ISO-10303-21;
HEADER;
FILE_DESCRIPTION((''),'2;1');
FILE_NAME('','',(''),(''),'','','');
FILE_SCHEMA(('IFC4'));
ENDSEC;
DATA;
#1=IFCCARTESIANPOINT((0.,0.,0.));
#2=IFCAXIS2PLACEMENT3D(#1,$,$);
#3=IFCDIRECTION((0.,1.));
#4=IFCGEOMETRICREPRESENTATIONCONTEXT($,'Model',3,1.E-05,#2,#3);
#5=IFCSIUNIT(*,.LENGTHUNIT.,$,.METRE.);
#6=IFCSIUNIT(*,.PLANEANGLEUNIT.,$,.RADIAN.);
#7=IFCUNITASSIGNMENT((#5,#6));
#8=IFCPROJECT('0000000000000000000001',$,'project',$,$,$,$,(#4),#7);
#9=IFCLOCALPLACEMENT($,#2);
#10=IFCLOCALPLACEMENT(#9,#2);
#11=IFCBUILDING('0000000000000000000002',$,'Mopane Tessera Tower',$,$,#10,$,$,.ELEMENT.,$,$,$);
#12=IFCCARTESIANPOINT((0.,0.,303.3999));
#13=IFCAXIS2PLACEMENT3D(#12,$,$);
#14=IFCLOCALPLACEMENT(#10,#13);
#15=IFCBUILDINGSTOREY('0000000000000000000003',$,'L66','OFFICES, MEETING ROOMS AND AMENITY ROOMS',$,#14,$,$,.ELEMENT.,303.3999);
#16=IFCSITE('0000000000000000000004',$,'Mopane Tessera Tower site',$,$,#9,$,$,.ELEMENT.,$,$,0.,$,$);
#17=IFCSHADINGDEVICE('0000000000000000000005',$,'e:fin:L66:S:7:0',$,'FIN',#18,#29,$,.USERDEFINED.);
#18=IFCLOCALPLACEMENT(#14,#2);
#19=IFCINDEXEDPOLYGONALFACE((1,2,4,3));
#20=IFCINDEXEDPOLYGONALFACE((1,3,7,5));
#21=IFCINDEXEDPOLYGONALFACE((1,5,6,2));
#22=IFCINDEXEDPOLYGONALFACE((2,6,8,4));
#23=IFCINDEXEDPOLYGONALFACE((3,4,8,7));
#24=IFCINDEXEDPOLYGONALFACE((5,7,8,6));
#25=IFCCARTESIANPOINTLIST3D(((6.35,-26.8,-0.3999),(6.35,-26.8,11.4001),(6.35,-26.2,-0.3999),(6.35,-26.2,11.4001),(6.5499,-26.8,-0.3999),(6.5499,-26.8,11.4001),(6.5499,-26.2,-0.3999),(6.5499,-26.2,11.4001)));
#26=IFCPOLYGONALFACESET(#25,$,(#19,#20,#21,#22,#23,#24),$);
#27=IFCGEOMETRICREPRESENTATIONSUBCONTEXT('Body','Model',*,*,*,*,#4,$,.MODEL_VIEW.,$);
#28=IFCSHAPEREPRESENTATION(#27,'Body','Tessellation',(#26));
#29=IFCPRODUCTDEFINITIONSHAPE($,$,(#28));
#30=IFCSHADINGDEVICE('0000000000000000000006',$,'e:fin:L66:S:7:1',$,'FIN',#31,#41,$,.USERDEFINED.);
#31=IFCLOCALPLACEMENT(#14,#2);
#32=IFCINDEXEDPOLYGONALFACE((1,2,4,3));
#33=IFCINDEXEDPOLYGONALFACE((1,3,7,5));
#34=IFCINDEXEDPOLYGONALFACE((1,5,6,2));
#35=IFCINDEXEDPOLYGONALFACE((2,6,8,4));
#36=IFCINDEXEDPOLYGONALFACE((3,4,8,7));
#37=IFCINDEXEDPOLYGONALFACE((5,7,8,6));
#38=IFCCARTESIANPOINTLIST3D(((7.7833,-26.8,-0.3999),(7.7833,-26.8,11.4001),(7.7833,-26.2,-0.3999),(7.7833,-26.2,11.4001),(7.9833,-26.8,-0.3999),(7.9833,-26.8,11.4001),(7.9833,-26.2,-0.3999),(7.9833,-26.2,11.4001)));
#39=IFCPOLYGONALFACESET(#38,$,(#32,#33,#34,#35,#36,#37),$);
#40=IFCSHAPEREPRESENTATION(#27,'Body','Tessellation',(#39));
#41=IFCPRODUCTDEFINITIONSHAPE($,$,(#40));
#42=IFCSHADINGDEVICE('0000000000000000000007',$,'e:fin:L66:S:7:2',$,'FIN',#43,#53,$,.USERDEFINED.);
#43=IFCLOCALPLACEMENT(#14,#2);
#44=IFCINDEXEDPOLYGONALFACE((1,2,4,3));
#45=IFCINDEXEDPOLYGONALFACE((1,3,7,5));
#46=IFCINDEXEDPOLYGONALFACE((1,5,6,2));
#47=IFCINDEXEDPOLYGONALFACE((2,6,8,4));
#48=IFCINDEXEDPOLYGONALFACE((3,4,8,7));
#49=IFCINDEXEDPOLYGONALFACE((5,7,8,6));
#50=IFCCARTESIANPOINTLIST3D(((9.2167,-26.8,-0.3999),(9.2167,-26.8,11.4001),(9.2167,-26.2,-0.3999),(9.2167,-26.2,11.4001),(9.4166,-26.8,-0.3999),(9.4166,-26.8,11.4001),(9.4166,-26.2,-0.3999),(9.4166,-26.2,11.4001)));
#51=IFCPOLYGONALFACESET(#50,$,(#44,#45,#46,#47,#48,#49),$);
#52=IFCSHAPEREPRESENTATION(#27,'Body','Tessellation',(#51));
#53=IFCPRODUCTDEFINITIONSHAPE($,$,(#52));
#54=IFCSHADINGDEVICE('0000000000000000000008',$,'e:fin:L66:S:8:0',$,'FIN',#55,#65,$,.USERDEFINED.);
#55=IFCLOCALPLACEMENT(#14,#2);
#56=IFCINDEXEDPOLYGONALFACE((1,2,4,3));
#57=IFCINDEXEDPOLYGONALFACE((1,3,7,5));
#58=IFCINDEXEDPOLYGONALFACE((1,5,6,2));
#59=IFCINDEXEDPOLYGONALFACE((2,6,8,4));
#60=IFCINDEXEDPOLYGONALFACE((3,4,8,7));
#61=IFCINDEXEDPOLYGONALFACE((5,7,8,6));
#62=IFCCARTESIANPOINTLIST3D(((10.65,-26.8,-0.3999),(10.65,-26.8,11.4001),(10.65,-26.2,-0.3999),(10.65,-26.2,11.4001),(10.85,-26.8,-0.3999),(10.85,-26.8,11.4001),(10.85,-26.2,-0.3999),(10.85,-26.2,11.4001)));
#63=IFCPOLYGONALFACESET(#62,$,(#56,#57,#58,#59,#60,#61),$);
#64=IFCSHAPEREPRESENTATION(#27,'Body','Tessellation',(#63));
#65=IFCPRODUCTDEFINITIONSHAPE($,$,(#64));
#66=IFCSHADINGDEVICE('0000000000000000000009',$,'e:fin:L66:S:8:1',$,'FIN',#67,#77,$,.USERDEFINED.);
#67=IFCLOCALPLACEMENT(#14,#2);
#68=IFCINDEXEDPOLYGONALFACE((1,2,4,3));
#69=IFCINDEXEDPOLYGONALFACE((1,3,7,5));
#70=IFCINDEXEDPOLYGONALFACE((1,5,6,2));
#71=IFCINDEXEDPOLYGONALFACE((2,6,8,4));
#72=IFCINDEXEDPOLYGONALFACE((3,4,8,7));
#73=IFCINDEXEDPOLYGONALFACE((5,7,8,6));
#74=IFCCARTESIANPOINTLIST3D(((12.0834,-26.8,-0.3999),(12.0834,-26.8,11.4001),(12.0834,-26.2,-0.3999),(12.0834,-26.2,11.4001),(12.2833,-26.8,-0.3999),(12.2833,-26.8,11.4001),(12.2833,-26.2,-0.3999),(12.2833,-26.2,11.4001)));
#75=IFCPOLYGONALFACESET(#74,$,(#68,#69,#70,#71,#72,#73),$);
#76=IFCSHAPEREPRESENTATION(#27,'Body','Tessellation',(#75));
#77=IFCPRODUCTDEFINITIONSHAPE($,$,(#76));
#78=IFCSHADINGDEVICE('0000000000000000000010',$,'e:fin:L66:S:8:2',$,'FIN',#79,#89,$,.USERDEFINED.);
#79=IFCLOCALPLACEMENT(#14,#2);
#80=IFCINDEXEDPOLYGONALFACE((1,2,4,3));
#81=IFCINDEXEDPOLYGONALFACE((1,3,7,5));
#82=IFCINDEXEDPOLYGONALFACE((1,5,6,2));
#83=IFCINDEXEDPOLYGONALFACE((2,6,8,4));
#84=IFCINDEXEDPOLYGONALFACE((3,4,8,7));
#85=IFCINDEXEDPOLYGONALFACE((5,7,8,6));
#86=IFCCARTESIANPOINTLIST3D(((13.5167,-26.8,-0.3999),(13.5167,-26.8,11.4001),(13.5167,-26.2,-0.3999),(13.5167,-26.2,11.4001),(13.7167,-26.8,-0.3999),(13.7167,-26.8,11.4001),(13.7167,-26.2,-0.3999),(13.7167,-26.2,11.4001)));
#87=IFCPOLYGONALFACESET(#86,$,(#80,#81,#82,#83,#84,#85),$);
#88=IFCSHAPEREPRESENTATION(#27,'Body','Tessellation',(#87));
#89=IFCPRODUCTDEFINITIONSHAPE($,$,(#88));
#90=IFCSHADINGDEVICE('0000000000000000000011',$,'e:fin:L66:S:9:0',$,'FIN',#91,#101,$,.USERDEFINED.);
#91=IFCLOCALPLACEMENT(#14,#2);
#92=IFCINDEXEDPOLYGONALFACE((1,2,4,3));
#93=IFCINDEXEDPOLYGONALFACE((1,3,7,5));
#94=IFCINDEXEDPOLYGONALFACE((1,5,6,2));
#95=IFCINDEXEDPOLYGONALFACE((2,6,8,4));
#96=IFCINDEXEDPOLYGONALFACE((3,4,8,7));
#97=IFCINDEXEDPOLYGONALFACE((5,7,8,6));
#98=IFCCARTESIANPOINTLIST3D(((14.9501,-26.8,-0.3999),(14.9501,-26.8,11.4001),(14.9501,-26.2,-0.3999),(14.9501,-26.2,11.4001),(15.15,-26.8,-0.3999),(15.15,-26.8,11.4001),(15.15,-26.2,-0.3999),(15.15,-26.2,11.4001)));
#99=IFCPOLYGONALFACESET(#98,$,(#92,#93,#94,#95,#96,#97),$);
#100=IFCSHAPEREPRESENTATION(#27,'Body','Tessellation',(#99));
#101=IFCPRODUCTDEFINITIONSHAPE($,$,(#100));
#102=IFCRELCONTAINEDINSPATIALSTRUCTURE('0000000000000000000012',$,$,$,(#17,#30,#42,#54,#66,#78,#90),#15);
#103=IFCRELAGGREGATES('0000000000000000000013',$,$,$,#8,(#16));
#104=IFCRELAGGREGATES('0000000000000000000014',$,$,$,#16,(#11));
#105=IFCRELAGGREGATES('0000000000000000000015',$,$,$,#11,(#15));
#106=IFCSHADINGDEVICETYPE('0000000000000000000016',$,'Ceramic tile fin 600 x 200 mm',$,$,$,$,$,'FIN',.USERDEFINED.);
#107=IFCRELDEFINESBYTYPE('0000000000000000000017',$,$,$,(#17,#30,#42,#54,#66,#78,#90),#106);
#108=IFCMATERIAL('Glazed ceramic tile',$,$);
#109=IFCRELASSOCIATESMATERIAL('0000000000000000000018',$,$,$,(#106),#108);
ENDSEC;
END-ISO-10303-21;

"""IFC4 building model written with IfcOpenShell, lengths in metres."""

from ifc_helpers import new_model, si_unit, direction, frame, origin, origin_2d, place, context, subcontext, project, spatial, rectangle, extrude, material, type_object, element, save


model = new_model("IFC4")

# Units and contexts
model_context = context("Model", 3, precision=1e-05, world=origin(), true_north=direction((0.0, 1.0)))
body_context = subcontext(model_context, "Body", "Model", "MODEL_VIEW")
ifc_project = project(units=[si_unit("LENGTHUNIT", "METRE"), si_unit("PLANEANGLEUNIT", "RADIAN")], contexts=[model_context])

# Site, building, storey
site_placement = place(None, origin())
site = spatial("IfcSite", under=ifc_project, at=site_placement, Name="Mopane Tessera Tower site", CompositionType="ELEMENT", RefElevation=0.0)
building_placement = place(site_placement, origin())
building = spatial("IfcBuilding", under=site, at=building_placement, Name="Mopane Tessera Tower", CompositionType="ELEMENT")
storey_placement = place(building_placement, frame((0.0, 0.0, 303.3999)))
storey = spatial("IfcBuildingStorey", under=building, at=storey_placement, Name="L66", Description="OFFICES, MEETING ROOMS AND AMENITY ROOMS", CompositionType="ELEMENT", Elevation=303.3999)

# Shading devices
ifc_material_1 = material(Name="Glazed ceramic tile")
shading_device_type = type_object("IfcShadingDeviceType", Name="Ceramic tile fin 600 x 200 mm", ElementType="FIN", PredefinedType="USERDEFINED", material=ifc_material_1)
for number, where, z_axis, x_axis, name in (
    (1, (6.45, -26.5, -0.3999), (0.0, 0.0, 1.0), (1.0, 0.0, 0.0), "e:fin:L66:S:7:0"),
    (2, (7.8833, -26.5, -0.3999), (0.0, 0.0, 1.0), (1.0, 0.0, 0.0), "e:fin:L66:S:7:1"),
    (3, (9.3167, -26.5, -0.3999), (0.0, 0.0, 1.0), (1.0, 0.0, 0.0), "e:fin:L66:S:7:2"),
    (4, (10.75, -26.5, -0.3999), (0.0, 0.0, 1.0), (1.0, 0.0, 0.0), "e:fin:L66:S:8:0"),
    (5, (12.1833, -26.5, -0.3999), (0.0, 0.0, 1.0), (1.0, 0.0, 0.0), "e:fin:L66:S:8:1"),
    (6, (13.6167, -26.5, -0.3999), (0.0, 0.0, 1.0), (1.0, 0.0, 0.0), "e:fin:L66:S:8:2"),
    (7, (15.05, -26.5, -0.3999), (0.0, 0.0, 1.0), (1.0, 0.0, 0.0), "e:fin:L66:S:9:0"),
):
    element("IfcShadingDevice", number, at=place(storey_placement, frame(where, z_axis=z_axis, x_axis=x_axis)), inside=storey, type_object=shading_device_type, Name=name, ObjectType="FIN", PredefinedType="USERDEFINED", context=body_context, shape_type="SweptSolid", body=[
        extrude(rectangle(XDim=0.2, YDim=0.6001, at=origin_2d()), origin(), (0.0, 0.0, 1.0), 11.8),
    ])

save(model, "model.ifc")
